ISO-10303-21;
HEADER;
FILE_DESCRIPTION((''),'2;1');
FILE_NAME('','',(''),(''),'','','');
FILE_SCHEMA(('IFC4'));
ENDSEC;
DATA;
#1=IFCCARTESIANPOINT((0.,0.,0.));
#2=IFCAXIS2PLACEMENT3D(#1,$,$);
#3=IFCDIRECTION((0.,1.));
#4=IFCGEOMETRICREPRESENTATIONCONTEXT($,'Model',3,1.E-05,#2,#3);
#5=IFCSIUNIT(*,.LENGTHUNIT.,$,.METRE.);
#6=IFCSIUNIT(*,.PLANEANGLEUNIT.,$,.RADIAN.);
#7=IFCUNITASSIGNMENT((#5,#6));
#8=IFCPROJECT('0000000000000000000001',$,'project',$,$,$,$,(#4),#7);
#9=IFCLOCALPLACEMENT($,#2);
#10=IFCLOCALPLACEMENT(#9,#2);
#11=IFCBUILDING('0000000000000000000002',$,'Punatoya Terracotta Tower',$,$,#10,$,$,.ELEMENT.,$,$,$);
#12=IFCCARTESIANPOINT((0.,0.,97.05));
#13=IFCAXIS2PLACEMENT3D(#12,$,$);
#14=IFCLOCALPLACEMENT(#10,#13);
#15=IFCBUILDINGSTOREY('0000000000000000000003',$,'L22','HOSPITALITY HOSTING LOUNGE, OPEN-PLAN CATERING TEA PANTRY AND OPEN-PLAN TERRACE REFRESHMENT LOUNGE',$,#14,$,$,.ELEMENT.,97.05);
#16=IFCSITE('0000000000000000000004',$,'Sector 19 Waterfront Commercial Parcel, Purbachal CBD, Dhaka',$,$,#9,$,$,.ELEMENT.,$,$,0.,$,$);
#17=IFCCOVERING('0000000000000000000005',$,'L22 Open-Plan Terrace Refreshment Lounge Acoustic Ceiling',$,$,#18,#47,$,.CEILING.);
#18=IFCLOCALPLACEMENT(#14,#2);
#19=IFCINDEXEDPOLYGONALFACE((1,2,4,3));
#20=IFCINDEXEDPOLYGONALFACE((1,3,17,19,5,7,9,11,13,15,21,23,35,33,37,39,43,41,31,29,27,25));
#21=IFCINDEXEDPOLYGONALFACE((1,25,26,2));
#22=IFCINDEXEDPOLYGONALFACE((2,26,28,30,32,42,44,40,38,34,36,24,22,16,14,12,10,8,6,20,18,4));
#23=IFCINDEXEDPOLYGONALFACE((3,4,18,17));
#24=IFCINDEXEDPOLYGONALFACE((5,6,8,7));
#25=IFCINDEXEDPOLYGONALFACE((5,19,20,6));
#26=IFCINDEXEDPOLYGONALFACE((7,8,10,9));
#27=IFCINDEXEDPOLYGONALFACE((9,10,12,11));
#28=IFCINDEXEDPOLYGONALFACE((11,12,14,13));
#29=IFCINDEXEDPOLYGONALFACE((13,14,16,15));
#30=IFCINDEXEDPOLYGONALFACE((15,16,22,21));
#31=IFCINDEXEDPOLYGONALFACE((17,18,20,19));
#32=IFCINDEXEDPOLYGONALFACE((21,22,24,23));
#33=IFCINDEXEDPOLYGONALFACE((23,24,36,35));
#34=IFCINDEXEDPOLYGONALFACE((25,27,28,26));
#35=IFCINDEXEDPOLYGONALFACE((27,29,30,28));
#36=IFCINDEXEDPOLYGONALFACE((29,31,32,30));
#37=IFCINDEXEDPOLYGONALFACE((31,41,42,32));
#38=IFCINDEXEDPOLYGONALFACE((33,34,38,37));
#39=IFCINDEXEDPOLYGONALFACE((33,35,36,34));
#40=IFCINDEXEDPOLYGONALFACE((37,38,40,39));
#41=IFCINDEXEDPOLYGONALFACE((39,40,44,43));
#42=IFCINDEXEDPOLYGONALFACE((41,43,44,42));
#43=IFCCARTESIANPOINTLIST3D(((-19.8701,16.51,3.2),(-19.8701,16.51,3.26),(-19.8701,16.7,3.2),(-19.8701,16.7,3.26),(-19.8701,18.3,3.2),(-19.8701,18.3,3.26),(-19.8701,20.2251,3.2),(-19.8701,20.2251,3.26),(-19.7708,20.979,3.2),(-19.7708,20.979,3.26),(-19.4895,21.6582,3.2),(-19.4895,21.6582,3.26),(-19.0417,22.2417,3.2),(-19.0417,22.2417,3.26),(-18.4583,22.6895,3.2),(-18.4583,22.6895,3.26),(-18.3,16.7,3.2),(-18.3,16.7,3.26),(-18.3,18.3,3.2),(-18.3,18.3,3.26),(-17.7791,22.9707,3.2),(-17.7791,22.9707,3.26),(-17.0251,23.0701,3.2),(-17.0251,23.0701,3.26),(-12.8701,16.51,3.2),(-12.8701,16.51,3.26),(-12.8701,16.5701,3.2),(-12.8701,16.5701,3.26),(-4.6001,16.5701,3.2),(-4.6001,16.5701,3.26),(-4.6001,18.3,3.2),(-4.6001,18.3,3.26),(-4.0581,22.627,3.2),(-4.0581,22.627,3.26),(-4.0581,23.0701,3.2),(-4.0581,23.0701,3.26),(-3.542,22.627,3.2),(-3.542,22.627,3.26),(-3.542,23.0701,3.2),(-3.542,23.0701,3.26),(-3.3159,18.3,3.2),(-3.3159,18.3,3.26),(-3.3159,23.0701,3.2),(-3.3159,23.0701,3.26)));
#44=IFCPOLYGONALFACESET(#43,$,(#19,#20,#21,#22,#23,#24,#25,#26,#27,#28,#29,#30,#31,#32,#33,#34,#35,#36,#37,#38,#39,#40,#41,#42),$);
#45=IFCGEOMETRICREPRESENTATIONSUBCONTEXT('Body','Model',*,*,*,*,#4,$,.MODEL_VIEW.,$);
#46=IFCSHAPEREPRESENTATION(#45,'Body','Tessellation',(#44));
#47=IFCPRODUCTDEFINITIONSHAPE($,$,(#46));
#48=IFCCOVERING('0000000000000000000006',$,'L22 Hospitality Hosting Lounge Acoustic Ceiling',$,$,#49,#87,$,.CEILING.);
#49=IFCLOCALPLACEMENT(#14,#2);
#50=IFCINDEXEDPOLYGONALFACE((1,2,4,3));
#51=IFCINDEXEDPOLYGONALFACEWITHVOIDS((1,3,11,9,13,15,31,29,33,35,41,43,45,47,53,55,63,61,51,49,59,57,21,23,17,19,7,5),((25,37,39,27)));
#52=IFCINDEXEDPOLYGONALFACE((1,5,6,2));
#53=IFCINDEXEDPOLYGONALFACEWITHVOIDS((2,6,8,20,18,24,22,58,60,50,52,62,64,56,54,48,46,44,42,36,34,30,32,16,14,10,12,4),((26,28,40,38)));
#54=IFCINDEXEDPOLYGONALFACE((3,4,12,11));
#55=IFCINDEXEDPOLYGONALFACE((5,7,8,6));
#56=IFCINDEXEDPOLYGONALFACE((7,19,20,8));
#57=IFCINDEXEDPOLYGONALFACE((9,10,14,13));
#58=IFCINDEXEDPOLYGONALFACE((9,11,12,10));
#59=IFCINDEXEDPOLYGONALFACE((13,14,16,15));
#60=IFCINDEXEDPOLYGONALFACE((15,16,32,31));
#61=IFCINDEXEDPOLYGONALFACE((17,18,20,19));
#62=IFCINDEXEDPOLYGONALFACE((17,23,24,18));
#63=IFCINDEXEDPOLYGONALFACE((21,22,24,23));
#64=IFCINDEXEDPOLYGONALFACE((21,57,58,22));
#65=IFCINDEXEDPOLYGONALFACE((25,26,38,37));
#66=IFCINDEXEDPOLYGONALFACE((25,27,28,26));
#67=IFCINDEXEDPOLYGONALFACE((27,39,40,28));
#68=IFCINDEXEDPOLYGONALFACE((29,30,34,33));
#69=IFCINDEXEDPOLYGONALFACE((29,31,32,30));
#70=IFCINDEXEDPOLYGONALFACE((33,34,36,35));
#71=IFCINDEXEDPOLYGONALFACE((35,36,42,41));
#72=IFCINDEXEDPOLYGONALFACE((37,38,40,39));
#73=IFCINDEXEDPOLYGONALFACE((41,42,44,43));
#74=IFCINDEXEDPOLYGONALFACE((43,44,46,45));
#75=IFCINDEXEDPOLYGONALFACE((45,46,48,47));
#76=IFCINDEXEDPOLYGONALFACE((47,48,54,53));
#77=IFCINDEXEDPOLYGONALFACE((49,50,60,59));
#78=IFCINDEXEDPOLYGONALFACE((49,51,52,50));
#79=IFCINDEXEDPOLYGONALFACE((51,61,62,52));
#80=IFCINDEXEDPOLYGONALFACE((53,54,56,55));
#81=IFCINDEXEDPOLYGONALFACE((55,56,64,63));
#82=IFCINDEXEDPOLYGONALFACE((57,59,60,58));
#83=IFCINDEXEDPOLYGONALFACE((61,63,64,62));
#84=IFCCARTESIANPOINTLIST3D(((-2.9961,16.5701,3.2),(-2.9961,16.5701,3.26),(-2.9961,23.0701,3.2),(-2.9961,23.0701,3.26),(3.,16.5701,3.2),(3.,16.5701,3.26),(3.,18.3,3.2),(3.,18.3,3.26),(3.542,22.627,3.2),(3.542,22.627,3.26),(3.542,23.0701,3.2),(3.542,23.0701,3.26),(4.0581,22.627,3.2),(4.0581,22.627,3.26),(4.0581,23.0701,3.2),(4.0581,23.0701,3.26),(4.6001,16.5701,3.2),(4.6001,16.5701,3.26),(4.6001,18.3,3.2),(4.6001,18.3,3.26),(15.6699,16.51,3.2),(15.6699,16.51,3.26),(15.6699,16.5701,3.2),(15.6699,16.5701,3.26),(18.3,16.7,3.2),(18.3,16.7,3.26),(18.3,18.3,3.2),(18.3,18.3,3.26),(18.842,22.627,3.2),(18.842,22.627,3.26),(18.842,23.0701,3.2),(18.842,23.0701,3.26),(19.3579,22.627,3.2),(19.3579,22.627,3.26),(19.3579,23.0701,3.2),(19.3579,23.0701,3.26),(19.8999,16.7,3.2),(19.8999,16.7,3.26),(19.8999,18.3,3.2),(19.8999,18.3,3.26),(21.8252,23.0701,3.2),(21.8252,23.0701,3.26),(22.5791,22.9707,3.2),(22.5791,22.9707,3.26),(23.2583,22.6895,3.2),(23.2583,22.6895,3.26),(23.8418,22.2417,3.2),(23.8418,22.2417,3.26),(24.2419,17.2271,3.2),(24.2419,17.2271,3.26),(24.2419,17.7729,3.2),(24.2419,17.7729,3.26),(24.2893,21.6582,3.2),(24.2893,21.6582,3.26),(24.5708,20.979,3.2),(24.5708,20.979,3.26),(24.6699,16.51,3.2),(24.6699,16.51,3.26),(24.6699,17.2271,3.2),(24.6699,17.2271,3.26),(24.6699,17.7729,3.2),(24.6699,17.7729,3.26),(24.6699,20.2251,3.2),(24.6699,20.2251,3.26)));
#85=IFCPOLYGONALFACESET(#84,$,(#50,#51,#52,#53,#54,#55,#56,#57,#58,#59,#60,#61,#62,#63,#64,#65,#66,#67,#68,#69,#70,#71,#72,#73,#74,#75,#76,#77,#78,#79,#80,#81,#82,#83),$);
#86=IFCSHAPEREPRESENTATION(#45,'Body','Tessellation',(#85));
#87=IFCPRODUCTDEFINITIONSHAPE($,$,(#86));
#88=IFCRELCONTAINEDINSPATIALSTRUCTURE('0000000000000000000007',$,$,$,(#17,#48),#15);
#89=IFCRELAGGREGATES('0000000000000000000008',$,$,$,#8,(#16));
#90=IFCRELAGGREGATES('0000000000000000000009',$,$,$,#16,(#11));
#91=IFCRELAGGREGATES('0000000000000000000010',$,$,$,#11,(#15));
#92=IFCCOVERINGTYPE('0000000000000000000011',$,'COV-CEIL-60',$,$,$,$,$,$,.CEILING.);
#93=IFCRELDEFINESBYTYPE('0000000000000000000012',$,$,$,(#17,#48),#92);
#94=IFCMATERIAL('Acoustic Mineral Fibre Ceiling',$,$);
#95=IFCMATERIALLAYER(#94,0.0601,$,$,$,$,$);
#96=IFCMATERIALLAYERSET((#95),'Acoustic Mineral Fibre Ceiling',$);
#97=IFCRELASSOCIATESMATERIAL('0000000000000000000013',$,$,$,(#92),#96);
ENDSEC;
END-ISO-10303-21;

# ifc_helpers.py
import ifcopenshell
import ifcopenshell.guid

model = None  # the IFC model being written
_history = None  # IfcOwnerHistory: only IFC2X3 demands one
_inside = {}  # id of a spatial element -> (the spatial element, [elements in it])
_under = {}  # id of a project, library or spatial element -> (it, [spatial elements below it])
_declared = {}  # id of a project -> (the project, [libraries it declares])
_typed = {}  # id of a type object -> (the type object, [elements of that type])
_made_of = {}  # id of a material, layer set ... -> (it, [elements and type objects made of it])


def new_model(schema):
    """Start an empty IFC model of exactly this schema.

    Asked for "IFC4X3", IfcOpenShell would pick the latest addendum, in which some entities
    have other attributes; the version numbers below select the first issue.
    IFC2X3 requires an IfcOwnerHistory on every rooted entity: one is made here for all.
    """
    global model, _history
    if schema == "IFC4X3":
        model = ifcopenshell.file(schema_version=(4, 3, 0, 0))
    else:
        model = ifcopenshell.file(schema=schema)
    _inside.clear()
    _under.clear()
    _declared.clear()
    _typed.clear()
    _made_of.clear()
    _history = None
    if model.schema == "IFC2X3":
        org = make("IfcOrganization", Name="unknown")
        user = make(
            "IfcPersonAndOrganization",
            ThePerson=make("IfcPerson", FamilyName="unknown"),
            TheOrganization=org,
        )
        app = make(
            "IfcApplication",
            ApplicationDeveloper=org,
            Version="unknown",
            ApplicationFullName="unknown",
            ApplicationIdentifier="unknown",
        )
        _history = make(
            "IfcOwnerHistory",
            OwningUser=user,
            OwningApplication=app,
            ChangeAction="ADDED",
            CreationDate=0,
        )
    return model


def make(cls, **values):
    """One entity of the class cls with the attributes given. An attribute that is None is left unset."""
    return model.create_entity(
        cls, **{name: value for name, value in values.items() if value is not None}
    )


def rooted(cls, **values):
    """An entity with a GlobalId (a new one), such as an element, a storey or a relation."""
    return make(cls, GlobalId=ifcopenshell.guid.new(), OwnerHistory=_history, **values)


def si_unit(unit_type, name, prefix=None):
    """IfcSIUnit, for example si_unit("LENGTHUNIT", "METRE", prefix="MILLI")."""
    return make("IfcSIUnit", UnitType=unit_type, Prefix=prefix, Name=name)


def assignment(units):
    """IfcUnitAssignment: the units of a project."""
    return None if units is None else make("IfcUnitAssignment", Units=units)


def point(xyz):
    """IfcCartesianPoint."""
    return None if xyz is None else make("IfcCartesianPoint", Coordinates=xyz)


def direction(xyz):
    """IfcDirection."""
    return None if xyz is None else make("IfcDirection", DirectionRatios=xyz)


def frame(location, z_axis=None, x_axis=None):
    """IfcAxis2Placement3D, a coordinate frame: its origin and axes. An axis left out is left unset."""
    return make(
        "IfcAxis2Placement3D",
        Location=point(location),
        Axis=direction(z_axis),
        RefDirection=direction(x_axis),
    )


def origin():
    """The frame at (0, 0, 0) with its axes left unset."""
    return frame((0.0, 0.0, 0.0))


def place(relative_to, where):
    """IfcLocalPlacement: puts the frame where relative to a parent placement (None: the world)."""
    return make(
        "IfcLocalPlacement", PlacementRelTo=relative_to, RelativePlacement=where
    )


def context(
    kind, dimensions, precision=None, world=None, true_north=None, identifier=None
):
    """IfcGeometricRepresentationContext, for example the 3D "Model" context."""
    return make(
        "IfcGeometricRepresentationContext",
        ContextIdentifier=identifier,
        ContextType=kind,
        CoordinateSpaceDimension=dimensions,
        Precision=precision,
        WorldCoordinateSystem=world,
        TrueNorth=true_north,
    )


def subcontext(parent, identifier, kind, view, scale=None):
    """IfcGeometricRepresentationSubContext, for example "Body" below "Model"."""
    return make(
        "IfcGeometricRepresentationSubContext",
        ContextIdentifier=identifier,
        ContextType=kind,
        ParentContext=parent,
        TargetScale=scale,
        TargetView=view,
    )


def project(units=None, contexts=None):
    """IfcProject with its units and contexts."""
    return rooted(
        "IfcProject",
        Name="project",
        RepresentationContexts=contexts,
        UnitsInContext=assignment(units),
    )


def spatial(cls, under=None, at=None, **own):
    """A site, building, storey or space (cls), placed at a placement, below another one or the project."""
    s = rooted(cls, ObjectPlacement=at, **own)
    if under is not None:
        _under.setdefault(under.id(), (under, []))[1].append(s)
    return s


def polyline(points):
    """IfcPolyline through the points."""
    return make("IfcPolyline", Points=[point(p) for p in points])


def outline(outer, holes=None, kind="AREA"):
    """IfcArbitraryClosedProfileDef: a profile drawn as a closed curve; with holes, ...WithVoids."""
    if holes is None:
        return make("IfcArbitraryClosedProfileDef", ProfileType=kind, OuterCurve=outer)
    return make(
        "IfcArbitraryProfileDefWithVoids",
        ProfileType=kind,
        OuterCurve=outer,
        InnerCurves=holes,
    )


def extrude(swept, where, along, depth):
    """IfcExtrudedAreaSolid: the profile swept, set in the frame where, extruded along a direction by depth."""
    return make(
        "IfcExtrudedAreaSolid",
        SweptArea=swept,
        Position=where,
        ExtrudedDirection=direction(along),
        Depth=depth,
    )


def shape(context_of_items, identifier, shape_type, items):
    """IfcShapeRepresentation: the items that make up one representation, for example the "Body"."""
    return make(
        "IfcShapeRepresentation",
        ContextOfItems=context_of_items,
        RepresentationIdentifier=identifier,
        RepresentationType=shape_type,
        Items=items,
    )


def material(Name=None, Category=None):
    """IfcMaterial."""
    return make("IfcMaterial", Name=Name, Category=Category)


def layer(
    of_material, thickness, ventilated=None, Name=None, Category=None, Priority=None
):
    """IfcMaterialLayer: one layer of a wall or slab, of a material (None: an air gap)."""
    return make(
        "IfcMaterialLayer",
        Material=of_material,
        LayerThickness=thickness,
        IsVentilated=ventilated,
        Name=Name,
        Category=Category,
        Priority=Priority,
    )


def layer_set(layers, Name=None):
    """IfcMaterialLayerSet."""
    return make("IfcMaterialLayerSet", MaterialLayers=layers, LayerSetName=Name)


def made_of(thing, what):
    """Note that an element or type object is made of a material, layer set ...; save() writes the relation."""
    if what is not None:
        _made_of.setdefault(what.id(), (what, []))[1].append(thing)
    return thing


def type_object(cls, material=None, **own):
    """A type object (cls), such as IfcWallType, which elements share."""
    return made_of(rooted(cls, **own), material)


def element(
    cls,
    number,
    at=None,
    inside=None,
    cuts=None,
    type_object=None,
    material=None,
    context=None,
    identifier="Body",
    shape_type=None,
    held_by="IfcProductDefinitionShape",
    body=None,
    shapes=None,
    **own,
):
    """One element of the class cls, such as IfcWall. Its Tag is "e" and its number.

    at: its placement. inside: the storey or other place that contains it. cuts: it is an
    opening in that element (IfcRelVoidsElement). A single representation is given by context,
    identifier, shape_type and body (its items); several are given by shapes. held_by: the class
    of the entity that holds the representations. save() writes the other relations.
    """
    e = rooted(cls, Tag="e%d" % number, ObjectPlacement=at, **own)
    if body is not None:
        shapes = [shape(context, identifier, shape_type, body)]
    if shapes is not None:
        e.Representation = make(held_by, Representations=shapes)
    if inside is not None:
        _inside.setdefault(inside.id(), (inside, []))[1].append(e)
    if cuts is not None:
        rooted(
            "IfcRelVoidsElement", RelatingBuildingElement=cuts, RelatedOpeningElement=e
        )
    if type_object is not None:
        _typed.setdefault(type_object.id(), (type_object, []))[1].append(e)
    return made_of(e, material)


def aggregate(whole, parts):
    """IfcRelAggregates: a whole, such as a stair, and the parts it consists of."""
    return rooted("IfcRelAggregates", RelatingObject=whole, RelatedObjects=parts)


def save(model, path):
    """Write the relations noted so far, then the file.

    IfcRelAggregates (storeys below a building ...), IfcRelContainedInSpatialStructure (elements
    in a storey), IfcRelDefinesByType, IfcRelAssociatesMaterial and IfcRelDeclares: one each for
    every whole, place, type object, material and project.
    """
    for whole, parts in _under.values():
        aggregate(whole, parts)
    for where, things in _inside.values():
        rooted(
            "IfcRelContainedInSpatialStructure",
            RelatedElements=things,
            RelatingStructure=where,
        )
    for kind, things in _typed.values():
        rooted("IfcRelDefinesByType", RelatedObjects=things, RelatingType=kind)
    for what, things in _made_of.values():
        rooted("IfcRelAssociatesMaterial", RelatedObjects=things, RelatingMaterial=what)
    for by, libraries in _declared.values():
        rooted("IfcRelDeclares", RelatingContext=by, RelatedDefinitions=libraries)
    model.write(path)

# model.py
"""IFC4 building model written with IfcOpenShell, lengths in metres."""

from ifc_helpers import new_model, si_unit, direction, frame, origin, place, context, subcontext, project, spatial, polyline, outline, extrude, material, layer, layer_set, type_object, element, save


model = new_model("IFC4")

# Units and contexts
model_context = context("Model", 3, precision=1e-05, world=origin(), true_north=direction((0.0, 1.0)))
body_context = subcontext(model_context, "Body", "Model", "MODEL_VIEW")
ifc_project = project(units=[si_unit("LENGTHUNIT", "METRE"), si_unit("PLANEANGLEUNIT", "RADIAN")], contexts=[model_context])

# Site, building, storey
site_placement = place(None, origin())
site = spatial("IfcSite", under=ifc_project, at=site_placement, Name="Sector 19 Waterfront Commercial Parcel, Purbachal CBD, Dhaka", CompositionType="ELEMENT", RefElevation=0.0)
building_placement = place(site_placement, origin())
building = spatial("IfcBuilding", under=site, at=building_placement, Name="Punatoya Terracotta Tower", CompositionType="ELEMENT")
storey_placement = place(building_placement, frame((0.0, 0.0, 97.05)))
storey = spatial("IfcBuildingStorey", under=building, at=storey_placement, Name="L22", Description="HOSPITALITY HOSTING LOUNGE, OPEN-PLAN CATERING TEA PANTRY AND OPEN-PLAN TERRACE REFRESHMENT LOUNGE", CompositionType="ELEMENT", Elevation=97.05)

# Coverings
ifc_material_1 = material(Name="Acoustic Mineral Fibre Ceiling")
ifc_layer_1 = layer(ifc_material_1, 0.0601)
ifc_layer_set_1 = layer_set([ifc_layer_1], Name="Acoustic Mineral Fibre Ceiling")
covering_type = type_object("IfcCoveringType", Name="COV-CEIL-60", PredefinedType="CEILING", material=ifc_layer_set_1)
covering_1_placement = place(storey_placement, frame((0.0, 0.0, 3.2)))
element("IfcCovering", 1, at=covering_1_placement, inside=storey, type_object=covering_type, Name="L22 Open-Plan Terrace Refreshment Lounge Acoustic Ceiling", PredefinedType="CEILING", context=body_context, shape_type="SweptSolid", body=[
    extrude(outline(polyline([(-17.7791, 22.9707), (-18.4583, 22.6895), (-19.0417, 22.2417), (-19.4895, 21.6582), (-19.7708, 20.979), (-19.8701, 20.2251), (-19.8701, 18.3), (-18.3, 18.3), (-18.3, 16.7), (-19.8701, 16.7), (-19.8701, 16.51), (-12.8701, 16.51), (-12.8701, 16.5701), (-4.6001, 16.5701), (-4.6001, 18.3), (-3.3159, 18.3), (-3.3159, 23.0701), (-3.542, 23.0701), (-3.542, 22.627), (-4.0581, 22.627), (-4.0581, 23.0701), (-17.0251, 23.0701), (-17.7791, 22.9707)])), origin(), (0.0, 0.0, 1.0), 0.0601),
])
covering_2_placement = place(storey_placement, frame((0.0, 0.0, 3.2)))
element("IfcCovering", 2, at=covering_2_placement, inside=storey, type_object=covering_type, Name="L22 Hospitality Hosting Lounge Acoustic Ceiling", PredefinedType="CEILING", context=body_context, shape_type="SweptSolid", body=[
    extrude(outline(polyline([(3.0, 16.5701), (3.0, 18.3), (4.6001, 18.3), (4.6001, 16.5701), (15.6699, 16.5701), (15.6699, 16.51), (24.6699, 16.51), (24.6699, 17.2271), (24.2419, 17.2271), (24.2419, 17.7729), (24.6699, 17.7729), (24.6699, 20.2251), (24.5708, 20.979), (24.2893, 21.6582), (23.8418, 22.2417), (23.2583, 22.6895), (22.5791, 22.9707), (21.8252, 23.0701), (19.3579, 23.0701), (19.3579, 22.627), (18.842, 22.627), (18.842, 23.0701), (4.0581, 23.0701), (4.0581, 22.627), (3.542, 22.627), (3.542, 23.0701), (-2.9961, 23.0701), (-2.9961, 16.5701), (3.0, 16.5701)]), holes=[polyline([(19.8999, 18.3), (19.8999, 16.7), (18.3, 16.7), (18.3, 18.3), (19.8999, 18.3)])]), origin(), (0.0, 0.0, 1.0), 0.0601),
])

save(model, "model.ifc")
